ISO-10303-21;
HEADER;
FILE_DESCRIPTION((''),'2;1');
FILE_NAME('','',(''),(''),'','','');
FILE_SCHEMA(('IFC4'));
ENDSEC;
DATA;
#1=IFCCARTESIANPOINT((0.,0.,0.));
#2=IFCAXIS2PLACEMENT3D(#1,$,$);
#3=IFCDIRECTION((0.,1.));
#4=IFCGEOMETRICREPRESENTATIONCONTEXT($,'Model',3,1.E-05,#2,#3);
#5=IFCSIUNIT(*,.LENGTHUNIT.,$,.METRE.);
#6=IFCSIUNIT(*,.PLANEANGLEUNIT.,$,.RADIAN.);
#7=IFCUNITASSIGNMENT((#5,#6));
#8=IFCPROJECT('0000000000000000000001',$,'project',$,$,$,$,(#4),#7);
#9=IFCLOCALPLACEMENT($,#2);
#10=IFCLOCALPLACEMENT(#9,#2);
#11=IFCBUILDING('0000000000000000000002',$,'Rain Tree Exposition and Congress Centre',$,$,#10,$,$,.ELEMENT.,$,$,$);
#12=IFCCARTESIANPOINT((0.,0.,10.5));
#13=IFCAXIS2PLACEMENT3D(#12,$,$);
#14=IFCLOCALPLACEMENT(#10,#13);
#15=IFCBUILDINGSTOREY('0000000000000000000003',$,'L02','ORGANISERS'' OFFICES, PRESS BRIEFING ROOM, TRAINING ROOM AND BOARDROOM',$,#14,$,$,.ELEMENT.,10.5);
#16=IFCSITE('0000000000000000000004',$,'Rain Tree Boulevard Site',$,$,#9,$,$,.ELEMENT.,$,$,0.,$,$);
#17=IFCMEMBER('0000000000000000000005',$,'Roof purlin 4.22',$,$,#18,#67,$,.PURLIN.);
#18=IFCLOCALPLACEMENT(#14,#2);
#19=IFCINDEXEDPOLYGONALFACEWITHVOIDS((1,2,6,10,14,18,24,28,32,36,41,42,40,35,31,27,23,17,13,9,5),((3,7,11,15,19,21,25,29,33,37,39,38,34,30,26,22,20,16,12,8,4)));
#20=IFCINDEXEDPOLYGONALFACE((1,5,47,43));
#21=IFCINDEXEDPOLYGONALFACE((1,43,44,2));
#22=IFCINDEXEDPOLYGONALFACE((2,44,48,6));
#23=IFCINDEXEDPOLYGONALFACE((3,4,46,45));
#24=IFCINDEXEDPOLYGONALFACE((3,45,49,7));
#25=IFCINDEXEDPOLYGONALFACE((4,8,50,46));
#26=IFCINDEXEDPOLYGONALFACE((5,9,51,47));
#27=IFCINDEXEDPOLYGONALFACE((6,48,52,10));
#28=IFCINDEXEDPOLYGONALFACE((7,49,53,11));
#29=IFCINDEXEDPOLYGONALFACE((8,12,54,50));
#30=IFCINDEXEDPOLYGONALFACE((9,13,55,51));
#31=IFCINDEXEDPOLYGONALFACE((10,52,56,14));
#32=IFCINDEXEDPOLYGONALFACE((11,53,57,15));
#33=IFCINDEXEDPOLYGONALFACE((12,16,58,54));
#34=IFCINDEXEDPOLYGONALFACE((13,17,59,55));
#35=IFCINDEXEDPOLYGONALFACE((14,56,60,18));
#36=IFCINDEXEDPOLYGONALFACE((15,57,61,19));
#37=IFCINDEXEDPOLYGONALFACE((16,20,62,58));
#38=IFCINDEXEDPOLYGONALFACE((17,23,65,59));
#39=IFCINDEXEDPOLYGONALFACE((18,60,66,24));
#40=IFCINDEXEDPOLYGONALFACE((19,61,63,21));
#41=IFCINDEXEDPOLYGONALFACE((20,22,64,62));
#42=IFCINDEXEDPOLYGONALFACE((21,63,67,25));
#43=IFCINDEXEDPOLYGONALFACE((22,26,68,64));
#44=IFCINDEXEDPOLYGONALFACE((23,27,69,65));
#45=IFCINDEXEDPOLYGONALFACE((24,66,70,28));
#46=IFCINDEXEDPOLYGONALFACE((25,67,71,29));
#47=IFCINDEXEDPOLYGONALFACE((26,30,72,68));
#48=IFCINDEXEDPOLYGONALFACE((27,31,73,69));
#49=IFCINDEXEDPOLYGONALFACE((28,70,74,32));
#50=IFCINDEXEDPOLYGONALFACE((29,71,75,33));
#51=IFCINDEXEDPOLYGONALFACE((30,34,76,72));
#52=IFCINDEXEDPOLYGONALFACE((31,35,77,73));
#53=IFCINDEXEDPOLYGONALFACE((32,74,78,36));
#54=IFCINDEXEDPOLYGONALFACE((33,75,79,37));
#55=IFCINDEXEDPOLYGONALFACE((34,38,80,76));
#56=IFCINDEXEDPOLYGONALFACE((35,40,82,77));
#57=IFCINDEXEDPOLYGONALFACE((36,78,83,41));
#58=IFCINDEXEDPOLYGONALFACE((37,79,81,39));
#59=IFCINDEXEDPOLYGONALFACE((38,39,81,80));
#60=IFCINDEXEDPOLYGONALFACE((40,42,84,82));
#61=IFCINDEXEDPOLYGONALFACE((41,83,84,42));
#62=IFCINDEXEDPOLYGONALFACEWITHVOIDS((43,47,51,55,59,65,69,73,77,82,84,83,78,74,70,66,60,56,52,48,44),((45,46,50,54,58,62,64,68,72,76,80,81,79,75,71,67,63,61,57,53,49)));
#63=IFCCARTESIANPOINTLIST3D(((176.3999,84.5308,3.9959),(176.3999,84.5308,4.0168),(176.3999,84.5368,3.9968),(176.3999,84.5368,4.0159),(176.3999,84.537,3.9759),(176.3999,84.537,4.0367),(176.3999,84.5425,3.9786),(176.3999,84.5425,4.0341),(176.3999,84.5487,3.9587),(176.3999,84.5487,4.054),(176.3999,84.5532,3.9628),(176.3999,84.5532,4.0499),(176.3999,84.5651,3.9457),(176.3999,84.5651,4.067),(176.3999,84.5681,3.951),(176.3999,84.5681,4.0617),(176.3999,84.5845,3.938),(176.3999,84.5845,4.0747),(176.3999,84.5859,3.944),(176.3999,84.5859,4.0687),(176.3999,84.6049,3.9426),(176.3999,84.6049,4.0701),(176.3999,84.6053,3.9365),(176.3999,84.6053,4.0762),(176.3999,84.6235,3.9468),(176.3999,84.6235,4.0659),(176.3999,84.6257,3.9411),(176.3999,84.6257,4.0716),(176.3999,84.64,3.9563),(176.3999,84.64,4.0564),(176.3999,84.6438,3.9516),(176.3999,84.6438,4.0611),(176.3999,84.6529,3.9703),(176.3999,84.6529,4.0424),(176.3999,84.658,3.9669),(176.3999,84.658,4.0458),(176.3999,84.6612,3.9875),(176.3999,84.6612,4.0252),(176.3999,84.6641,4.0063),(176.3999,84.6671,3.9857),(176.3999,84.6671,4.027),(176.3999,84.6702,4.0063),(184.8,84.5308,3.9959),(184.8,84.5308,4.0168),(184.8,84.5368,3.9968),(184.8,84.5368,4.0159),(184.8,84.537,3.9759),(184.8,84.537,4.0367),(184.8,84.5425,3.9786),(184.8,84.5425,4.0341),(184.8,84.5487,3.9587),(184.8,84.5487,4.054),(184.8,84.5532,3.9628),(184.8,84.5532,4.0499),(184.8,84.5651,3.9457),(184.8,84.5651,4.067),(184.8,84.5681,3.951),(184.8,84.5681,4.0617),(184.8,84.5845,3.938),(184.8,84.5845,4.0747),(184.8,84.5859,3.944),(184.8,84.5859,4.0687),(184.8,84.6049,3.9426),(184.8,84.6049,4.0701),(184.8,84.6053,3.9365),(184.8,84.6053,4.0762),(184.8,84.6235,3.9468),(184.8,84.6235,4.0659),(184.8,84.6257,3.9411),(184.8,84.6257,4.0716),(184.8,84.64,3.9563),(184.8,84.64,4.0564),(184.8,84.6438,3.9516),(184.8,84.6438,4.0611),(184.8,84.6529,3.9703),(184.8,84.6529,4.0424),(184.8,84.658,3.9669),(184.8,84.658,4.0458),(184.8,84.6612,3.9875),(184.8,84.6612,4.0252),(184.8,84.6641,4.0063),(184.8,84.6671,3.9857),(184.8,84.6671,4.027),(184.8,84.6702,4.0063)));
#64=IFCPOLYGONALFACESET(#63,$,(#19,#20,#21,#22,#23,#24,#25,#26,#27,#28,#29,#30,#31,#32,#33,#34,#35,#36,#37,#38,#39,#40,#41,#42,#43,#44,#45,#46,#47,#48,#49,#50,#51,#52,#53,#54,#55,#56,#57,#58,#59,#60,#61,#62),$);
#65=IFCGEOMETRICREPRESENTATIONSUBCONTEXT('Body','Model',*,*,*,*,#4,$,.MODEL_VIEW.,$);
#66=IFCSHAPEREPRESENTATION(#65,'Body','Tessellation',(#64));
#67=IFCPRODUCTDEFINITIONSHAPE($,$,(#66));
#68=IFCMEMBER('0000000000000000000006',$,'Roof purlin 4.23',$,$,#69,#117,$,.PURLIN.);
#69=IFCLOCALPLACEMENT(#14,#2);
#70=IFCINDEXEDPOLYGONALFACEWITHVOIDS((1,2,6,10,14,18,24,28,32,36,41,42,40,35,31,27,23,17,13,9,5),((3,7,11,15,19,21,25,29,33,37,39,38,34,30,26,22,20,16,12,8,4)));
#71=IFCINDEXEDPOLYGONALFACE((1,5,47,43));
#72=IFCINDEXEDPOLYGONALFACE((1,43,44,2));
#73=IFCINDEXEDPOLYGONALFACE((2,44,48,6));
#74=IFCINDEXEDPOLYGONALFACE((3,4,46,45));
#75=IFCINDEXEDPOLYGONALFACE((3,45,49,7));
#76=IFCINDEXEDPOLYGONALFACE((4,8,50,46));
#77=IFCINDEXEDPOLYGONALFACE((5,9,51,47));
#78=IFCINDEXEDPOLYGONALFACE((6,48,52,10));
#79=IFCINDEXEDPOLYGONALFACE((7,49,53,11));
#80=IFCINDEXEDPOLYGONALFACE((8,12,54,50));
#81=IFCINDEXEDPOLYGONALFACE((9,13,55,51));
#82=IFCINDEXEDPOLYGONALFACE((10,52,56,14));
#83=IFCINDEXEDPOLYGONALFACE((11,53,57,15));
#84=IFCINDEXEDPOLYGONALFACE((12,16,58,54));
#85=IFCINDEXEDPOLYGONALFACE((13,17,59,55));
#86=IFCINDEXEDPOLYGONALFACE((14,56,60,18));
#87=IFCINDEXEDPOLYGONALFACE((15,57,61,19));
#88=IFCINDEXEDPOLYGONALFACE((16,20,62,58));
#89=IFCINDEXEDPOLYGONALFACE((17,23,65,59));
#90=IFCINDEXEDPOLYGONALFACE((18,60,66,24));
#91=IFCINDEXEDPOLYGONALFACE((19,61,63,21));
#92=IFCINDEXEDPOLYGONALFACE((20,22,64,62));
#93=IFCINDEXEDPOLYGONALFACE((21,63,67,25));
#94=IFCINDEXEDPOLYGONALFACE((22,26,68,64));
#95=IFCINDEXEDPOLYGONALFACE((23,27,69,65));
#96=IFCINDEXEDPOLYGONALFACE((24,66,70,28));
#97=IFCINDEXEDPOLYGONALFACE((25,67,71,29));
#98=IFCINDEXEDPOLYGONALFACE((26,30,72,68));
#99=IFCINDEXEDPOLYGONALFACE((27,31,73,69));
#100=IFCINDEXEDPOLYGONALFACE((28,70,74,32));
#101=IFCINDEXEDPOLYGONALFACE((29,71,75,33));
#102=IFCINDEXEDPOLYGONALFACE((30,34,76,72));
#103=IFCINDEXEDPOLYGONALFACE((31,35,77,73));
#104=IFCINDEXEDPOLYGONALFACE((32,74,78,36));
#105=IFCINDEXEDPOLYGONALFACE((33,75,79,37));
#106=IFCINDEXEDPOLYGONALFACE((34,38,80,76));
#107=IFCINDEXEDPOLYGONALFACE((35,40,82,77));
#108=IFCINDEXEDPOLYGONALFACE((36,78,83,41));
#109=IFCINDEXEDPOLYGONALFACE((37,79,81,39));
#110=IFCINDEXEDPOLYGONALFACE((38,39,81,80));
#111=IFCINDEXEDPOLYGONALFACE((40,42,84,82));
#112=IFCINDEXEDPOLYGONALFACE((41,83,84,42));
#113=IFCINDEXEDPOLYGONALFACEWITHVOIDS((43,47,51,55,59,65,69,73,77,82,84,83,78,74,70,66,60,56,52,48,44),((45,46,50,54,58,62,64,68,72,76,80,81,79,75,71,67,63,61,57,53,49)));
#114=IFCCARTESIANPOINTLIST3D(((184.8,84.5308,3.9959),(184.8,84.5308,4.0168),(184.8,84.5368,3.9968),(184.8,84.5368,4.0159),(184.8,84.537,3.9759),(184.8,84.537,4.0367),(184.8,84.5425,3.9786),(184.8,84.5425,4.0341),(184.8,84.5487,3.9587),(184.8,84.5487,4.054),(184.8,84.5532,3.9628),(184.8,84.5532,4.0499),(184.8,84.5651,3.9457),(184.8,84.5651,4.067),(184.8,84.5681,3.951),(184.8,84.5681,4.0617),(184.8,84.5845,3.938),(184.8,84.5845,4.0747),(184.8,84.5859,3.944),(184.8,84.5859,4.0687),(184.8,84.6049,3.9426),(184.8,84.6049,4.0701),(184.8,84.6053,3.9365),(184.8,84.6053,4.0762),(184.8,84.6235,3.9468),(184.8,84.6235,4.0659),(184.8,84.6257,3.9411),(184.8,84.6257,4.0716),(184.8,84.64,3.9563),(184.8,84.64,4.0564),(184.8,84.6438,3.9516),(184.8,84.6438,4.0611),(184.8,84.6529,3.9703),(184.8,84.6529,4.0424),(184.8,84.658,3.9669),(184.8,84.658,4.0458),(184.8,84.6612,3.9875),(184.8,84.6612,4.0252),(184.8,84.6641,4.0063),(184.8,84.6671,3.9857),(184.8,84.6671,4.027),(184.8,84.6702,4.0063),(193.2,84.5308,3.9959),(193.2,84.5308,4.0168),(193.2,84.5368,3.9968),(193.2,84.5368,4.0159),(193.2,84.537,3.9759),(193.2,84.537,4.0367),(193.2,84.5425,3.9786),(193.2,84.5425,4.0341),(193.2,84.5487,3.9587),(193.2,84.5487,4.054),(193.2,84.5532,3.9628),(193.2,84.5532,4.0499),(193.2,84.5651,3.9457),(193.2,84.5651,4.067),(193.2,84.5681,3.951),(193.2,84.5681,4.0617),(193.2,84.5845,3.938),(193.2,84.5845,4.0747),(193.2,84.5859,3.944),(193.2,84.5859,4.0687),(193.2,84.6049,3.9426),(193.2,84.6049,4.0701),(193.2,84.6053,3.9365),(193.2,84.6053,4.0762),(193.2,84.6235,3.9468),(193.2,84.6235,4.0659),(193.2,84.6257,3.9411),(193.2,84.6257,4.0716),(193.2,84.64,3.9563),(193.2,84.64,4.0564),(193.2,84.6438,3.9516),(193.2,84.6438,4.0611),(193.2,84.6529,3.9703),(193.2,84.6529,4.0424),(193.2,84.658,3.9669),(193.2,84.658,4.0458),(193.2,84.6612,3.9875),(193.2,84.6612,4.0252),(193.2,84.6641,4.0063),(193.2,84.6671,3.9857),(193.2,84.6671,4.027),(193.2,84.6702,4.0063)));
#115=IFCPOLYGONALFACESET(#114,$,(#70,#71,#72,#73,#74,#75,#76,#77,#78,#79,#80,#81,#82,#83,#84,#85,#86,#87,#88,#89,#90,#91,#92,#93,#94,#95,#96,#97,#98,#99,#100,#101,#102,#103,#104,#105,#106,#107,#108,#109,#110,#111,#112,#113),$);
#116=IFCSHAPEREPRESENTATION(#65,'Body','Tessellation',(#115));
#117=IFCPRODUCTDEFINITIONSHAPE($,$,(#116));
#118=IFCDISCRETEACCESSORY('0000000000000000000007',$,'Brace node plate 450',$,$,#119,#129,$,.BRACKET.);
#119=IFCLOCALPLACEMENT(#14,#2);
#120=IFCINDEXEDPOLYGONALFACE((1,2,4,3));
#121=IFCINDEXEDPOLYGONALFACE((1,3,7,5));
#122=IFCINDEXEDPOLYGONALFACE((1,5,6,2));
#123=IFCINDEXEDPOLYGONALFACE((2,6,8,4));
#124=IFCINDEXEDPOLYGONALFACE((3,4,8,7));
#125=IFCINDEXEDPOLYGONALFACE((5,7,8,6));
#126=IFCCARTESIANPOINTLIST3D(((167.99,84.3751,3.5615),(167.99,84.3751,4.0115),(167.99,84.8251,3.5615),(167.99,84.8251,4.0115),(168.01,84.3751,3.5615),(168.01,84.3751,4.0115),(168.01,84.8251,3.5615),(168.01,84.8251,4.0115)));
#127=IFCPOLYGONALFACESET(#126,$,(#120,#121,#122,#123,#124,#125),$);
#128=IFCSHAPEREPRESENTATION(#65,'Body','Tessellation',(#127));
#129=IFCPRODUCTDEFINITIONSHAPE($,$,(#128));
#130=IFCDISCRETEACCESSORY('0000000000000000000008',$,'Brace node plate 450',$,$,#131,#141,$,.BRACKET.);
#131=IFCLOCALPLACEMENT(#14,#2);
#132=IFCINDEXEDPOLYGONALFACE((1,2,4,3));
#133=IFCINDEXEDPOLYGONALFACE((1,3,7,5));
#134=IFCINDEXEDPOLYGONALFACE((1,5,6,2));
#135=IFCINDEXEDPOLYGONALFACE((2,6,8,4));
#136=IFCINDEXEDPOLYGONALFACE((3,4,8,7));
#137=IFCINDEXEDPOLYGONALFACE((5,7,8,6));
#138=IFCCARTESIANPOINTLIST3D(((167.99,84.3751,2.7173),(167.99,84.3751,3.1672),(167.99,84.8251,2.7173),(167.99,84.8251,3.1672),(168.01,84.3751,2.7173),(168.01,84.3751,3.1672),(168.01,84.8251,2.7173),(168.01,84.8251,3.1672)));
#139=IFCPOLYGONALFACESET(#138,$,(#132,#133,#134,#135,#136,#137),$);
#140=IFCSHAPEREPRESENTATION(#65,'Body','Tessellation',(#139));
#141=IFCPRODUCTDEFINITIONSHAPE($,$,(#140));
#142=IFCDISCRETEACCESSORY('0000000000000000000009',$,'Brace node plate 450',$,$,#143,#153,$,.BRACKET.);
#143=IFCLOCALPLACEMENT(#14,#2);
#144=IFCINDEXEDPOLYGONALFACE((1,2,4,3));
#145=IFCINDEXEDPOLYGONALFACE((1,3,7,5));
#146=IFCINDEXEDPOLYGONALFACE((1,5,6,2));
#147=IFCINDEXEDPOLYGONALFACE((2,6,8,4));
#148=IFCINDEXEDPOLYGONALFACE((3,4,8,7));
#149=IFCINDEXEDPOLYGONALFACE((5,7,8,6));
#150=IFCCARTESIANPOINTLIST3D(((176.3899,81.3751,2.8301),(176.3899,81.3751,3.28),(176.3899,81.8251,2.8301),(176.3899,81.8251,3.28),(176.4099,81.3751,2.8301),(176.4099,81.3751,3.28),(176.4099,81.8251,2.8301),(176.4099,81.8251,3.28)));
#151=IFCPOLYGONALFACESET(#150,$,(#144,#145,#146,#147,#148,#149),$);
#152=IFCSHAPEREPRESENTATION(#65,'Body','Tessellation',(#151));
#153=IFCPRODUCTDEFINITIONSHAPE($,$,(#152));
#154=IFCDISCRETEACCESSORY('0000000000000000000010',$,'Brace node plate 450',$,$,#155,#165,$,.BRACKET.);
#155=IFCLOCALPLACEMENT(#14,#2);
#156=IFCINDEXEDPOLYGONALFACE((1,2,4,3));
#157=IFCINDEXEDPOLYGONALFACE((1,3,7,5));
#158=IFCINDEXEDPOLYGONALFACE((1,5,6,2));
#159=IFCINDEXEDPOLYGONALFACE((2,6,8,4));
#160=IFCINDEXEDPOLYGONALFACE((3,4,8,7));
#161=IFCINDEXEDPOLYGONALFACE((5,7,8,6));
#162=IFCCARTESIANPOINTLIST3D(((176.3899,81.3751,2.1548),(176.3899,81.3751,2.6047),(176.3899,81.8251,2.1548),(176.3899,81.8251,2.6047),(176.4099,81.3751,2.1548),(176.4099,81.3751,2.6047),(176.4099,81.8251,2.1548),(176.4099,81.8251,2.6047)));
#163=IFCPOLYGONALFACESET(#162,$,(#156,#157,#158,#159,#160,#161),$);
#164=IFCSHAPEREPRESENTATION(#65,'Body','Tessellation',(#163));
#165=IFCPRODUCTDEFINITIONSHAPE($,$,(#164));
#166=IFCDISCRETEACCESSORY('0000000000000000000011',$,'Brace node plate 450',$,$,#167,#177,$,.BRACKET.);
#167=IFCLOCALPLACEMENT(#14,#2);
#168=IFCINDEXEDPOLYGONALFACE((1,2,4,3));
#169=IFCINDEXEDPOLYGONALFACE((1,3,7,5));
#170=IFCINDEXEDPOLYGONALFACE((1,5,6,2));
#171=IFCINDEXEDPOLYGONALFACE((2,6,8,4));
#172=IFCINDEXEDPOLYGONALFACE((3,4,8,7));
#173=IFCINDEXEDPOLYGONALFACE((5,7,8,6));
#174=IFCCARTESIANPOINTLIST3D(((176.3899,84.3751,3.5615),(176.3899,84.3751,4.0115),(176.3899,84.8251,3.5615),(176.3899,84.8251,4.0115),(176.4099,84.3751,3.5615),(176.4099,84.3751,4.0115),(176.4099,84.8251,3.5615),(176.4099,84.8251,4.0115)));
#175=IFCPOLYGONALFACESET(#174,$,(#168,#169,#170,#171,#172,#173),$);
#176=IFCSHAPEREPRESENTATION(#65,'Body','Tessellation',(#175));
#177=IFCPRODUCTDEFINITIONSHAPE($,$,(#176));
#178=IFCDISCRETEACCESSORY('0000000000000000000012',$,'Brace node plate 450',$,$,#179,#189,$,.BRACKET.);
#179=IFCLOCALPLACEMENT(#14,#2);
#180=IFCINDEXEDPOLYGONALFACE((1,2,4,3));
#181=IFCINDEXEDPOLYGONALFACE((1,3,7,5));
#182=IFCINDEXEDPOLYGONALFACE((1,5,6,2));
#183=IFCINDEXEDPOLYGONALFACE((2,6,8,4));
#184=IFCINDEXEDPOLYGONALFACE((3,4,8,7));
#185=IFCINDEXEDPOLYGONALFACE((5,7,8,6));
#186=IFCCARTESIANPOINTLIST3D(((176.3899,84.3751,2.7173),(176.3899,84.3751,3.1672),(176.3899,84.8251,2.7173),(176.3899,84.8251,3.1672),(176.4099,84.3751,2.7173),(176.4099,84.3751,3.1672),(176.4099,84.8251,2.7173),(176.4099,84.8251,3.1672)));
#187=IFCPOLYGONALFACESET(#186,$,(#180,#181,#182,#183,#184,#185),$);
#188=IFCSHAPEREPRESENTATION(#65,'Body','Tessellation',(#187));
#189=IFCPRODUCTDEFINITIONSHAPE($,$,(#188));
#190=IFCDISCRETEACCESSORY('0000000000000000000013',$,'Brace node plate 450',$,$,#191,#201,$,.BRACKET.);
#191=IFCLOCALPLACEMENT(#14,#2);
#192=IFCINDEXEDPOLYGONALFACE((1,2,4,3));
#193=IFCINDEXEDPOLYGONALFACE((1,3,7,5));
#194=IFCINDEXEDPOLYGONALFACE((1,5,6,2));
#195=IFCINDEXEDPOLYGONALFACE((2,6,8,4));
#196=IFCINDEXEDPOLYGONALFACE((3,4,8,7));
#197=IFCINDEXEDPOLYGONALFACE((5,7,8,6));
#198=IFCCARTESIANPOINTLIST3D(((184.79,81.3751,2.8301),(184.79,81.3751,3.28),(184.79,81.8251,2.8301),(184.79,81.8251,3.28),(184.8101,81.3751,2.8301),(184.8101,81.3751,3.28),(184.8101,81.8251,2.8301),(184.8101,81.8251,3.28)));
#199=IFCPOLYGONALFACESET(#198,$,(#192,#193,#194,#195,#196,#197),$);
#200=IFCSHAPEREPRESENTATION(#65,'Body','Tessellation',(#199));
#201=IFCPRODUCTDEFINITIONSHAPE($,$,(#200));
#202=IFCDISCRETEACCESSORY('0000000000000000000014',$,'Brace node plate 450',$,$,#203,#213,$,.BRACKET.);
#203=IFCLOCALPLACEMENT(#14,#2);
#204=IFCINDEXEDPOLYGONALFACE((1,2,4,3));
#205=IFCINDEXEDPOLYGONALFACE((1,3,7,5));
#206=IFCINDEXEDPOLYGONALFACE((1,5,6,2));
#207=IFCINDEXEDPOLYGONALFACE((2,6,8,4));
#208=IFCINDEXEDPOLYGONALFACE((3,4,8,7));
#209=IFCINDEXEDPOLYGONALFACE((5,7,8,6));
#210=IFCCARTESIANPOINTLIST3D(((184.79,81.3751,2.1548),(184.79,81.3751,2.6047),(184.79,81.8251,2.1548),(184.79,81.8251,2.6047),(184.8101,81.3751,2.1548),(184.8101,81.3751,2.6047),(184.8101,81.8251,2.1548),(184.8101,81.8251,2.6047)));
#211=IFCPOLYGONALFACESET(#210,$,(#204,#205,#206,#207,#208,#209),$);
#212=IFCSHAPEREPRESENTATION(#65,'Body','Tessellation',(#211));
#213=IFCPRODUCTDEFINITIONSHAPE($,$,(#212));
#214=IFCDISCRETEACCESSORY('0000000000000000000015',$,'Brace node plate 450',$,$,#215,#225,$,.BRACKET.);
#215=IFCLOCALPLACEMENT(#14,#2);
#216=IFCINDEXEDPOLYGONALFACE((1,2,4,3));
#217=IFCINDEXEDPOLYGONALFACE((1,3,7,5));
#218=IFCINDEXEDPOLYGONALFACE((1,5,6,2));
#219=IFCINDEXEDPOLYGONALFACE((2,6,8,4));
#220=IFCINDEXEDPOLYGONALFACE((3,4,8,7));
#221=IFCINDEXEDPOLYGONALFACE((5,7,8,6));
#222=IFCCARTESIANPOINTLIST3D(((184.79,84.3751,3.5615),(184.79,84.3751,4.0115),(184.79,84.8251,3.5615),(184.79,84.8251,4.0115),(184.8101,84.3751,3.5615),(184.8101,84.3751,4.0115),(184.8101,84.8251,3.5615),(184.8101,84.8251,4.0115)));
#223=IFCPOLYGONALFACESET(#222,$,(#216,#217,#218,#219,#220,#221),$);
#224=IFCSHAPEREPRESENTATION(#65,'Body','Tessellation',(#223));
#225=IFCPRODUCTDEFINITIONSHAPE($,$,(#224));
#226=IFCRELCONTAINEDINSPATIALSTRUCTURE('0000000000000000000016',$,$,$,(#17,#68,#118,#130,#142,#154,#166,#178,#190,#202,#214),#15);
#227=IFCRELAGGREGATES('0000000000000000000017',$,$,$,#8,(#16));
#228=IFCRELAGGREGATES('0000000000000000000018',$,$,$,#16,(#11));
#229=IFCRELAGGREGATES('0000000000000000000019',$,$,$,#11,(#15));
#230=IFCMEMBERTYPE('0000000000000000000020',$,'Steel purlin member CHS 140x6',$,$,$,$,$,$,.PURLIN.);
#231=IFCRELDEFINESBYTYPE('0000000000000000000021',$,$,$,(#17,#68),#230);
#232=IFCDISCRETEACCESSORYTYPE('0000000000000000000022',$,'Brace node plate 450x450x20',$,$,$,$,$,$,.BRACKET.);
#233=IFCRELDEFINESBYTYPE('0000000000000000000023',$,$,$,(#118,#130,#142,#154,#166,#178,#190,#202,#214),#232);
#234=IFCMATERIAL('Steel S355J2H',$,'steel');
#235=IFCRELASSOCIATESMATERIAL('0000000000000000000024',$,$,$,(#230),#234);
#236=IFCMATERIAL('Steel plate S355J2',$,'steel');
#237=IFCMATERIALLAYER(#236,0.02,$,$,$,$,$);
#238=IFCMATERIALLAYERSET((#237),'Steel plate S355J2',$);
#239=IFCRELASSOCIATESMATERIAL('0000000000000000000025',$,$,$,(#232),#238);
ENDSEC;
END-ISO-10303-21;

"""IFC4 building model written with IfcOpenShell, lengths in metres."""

from ifc_helpers import new_model, si_unit, direction, frame, origin, origin_2d, place, context, subcontext, project, spatial, rectangle, hollow_circle, extrude, material, layer, layer_set, material_profile, profile_set, type_object, element, save


model = new_model("IFC4")

# Units and contexts
model_context = context("Model", 3, precision=1e-05, world=origin(), true_north=direction((0.0, 1.0)))
body_context = subcontext(model_context, "Body", "Model", "MODEL_VIEW")
ifc_project = project(units=[si_unit("LENGTHUNIT", "METRE"), si_unit("PLANEANGLEUNIT", "RADIAN")], contexts=[model_context])

# Site, building, storey
site_placement = place(None, origin())
site = spatial("IfcSite", under=ifc_project, at=site_placement, Name="Rain Tree Boulevard Site", CompositionType="ELEMENT", RefElevation=0.0)
building_placement = place(site_placement, origin())
building = spatial("IfcBuilding", under=site, at=building_placement, Name="Rain Tree Exposition and Congress Centre", CompositionType="ELEMENT")
storey_placement = place(building_placement, frame((0.0, 0.0, 10.5)))
storey = spatial("IfcBuildingStorey", under=building, at=storey_placement, Name="L02", Description="ORGANISERS' OFFICES, PRESS BRIEFING ROOM, TRAINING ROOM AND BOARDROOM", CompositionType="ELEMENT", Elevation=10.5)

# Members
ifc_material_1 = material(Name="Steel S355J2H", Category="steel")
ifc_material_profile_1 = material_profile(ifc_material_1, hollow_circle(Radius=0.0701, WallThickness=0.0061, at=origin_2d()), Name="CHS 140x6")
ifc_profile_set_1 = profile_set([ifc_material_profile_1], Name="Steel S355J2H")
member_type_1 = type_object("IfcMemberType", Name="Steel purlin member CHS 140x6", PredefinedType="PURLIN", material=ifc_profile_set_1)
member_1_placement = place(storey_placement, frame((176.3999, 84.6001, 4.0063), z_axis=(1.0, 0.0, 0.0), x_axis=(0.0, 1.0, 0.0)))
element("IfcMember", 1, at=member_1_placement, inside=storey, type_object=member_type_1, Name="Roof purlin 4.22", PredefinedType="PURLIN", context=body_context, shape_type="SweptSolid", body=[
    extrude(hollow_circle(Radius=0.0701, WallThickness=0.0061, at=origin_2d()), origin(), (0.0, 0.0, 1.0), 8.4001),
])
member_2_placement = place(storey_placement, frame((184.8, 84.6001, 4.0063), z_axis=(1.0, 0.0, 0.0), x_axis=(0.0, 1.0, 0.0)))
element("IfcMember", 2, at=member_2_placement, inside=storey, type_object=member_type_1, Name="Roof purlin 4.23", PredefinedType="PURLIN", context=body_context, shape_type="SweptSolid", body=[
    extrude(hollow_circle(Radius=0.0701, WallThickness=0.0061, at=origin_2d()), origin(), (0.0, 0.0, 1.0), 8.3999),
])

# Discrete accessories
ifc_material_2 = material(Name="Steel plate S355J2", Category="steel")
ifc_layer = layer(ifc_material_2, 0.02)
ifc_layer_set = layer_set([ifc_layer], Name="Steel plate S355J2")
discrete_accessory_type = type_object("IfcDiscreteAccessoryType", Name="Brace node plate 450x450x20", PredefinedType="BRACKET", material=ifc_layer_set)
for number, where, z_axis, x_axis, name in (
    (3, (168.0, 84.6001, 3.5615), (0.0, 0.0, 1.0), (0.0, -1.0, 0.0), "Brace node plate 450"),
    (4, (168.0, 84.6001, 2.7173), (0.0, 0.0, 1.0), (0.0, 1.0, 0.0), "Brace node plate 450"),
    (5, (176.3999, 81.6001, 2.8301), (0.0, 0.0, 1.0), (0.0, -1.0, 0.0), "Brace node plate 450"),
    (6, (176.3999, 81.6001, 2.1548), (0.0, 0.0, 1.0), (0.0, 1.0, 0.0), "Brace node plate 450"),
    (7, (176.3999, 84.6001, 3.5615), (0.0, 0.0, 1.0), (0.0, -1.0, 0.0), "Brace node plate 450"),
    (8, (176.3999, 84.6001, 2.7173), (0.0, 0.0, 1.0), (0.0, 1.0, 0.0), "Brace node plate 450"),
    (9, (184.8, 81.6001, 2.8301), (0.0, 0.0, 1.0), (0.0, -1.0, 0.0), "Brace node plate 450"),
    (10, (184.8, 81.6001, 2.1548), (0.0, 0.0, 1.0), (0.0, 1.0, 0.0), "Brace node plate 450"),
    (11, (184.8, 84.6001, 3.5615), (0.0, 0.0, 1.0), (0.0, -1.0, 0.0), "Brace node plate 450"),
):
    element("IfcDiscreteAccessory", number, at=place(storey_placement, frame(where, z_axis=z_axis, x_axis=x_axis)), inside=storey, type_object=discrete_accessory_type, Name=name, PredefinedType="BRACKET", context=body_context, shape_type="SweptSolid", body=[
        extrude(rectangle(XDim=0.45, YDim=0.02, at=origin_2d()), origin(), (0.0, 0.0, 1.0), 0.45),
    ])

save(model, "model.ifc")
